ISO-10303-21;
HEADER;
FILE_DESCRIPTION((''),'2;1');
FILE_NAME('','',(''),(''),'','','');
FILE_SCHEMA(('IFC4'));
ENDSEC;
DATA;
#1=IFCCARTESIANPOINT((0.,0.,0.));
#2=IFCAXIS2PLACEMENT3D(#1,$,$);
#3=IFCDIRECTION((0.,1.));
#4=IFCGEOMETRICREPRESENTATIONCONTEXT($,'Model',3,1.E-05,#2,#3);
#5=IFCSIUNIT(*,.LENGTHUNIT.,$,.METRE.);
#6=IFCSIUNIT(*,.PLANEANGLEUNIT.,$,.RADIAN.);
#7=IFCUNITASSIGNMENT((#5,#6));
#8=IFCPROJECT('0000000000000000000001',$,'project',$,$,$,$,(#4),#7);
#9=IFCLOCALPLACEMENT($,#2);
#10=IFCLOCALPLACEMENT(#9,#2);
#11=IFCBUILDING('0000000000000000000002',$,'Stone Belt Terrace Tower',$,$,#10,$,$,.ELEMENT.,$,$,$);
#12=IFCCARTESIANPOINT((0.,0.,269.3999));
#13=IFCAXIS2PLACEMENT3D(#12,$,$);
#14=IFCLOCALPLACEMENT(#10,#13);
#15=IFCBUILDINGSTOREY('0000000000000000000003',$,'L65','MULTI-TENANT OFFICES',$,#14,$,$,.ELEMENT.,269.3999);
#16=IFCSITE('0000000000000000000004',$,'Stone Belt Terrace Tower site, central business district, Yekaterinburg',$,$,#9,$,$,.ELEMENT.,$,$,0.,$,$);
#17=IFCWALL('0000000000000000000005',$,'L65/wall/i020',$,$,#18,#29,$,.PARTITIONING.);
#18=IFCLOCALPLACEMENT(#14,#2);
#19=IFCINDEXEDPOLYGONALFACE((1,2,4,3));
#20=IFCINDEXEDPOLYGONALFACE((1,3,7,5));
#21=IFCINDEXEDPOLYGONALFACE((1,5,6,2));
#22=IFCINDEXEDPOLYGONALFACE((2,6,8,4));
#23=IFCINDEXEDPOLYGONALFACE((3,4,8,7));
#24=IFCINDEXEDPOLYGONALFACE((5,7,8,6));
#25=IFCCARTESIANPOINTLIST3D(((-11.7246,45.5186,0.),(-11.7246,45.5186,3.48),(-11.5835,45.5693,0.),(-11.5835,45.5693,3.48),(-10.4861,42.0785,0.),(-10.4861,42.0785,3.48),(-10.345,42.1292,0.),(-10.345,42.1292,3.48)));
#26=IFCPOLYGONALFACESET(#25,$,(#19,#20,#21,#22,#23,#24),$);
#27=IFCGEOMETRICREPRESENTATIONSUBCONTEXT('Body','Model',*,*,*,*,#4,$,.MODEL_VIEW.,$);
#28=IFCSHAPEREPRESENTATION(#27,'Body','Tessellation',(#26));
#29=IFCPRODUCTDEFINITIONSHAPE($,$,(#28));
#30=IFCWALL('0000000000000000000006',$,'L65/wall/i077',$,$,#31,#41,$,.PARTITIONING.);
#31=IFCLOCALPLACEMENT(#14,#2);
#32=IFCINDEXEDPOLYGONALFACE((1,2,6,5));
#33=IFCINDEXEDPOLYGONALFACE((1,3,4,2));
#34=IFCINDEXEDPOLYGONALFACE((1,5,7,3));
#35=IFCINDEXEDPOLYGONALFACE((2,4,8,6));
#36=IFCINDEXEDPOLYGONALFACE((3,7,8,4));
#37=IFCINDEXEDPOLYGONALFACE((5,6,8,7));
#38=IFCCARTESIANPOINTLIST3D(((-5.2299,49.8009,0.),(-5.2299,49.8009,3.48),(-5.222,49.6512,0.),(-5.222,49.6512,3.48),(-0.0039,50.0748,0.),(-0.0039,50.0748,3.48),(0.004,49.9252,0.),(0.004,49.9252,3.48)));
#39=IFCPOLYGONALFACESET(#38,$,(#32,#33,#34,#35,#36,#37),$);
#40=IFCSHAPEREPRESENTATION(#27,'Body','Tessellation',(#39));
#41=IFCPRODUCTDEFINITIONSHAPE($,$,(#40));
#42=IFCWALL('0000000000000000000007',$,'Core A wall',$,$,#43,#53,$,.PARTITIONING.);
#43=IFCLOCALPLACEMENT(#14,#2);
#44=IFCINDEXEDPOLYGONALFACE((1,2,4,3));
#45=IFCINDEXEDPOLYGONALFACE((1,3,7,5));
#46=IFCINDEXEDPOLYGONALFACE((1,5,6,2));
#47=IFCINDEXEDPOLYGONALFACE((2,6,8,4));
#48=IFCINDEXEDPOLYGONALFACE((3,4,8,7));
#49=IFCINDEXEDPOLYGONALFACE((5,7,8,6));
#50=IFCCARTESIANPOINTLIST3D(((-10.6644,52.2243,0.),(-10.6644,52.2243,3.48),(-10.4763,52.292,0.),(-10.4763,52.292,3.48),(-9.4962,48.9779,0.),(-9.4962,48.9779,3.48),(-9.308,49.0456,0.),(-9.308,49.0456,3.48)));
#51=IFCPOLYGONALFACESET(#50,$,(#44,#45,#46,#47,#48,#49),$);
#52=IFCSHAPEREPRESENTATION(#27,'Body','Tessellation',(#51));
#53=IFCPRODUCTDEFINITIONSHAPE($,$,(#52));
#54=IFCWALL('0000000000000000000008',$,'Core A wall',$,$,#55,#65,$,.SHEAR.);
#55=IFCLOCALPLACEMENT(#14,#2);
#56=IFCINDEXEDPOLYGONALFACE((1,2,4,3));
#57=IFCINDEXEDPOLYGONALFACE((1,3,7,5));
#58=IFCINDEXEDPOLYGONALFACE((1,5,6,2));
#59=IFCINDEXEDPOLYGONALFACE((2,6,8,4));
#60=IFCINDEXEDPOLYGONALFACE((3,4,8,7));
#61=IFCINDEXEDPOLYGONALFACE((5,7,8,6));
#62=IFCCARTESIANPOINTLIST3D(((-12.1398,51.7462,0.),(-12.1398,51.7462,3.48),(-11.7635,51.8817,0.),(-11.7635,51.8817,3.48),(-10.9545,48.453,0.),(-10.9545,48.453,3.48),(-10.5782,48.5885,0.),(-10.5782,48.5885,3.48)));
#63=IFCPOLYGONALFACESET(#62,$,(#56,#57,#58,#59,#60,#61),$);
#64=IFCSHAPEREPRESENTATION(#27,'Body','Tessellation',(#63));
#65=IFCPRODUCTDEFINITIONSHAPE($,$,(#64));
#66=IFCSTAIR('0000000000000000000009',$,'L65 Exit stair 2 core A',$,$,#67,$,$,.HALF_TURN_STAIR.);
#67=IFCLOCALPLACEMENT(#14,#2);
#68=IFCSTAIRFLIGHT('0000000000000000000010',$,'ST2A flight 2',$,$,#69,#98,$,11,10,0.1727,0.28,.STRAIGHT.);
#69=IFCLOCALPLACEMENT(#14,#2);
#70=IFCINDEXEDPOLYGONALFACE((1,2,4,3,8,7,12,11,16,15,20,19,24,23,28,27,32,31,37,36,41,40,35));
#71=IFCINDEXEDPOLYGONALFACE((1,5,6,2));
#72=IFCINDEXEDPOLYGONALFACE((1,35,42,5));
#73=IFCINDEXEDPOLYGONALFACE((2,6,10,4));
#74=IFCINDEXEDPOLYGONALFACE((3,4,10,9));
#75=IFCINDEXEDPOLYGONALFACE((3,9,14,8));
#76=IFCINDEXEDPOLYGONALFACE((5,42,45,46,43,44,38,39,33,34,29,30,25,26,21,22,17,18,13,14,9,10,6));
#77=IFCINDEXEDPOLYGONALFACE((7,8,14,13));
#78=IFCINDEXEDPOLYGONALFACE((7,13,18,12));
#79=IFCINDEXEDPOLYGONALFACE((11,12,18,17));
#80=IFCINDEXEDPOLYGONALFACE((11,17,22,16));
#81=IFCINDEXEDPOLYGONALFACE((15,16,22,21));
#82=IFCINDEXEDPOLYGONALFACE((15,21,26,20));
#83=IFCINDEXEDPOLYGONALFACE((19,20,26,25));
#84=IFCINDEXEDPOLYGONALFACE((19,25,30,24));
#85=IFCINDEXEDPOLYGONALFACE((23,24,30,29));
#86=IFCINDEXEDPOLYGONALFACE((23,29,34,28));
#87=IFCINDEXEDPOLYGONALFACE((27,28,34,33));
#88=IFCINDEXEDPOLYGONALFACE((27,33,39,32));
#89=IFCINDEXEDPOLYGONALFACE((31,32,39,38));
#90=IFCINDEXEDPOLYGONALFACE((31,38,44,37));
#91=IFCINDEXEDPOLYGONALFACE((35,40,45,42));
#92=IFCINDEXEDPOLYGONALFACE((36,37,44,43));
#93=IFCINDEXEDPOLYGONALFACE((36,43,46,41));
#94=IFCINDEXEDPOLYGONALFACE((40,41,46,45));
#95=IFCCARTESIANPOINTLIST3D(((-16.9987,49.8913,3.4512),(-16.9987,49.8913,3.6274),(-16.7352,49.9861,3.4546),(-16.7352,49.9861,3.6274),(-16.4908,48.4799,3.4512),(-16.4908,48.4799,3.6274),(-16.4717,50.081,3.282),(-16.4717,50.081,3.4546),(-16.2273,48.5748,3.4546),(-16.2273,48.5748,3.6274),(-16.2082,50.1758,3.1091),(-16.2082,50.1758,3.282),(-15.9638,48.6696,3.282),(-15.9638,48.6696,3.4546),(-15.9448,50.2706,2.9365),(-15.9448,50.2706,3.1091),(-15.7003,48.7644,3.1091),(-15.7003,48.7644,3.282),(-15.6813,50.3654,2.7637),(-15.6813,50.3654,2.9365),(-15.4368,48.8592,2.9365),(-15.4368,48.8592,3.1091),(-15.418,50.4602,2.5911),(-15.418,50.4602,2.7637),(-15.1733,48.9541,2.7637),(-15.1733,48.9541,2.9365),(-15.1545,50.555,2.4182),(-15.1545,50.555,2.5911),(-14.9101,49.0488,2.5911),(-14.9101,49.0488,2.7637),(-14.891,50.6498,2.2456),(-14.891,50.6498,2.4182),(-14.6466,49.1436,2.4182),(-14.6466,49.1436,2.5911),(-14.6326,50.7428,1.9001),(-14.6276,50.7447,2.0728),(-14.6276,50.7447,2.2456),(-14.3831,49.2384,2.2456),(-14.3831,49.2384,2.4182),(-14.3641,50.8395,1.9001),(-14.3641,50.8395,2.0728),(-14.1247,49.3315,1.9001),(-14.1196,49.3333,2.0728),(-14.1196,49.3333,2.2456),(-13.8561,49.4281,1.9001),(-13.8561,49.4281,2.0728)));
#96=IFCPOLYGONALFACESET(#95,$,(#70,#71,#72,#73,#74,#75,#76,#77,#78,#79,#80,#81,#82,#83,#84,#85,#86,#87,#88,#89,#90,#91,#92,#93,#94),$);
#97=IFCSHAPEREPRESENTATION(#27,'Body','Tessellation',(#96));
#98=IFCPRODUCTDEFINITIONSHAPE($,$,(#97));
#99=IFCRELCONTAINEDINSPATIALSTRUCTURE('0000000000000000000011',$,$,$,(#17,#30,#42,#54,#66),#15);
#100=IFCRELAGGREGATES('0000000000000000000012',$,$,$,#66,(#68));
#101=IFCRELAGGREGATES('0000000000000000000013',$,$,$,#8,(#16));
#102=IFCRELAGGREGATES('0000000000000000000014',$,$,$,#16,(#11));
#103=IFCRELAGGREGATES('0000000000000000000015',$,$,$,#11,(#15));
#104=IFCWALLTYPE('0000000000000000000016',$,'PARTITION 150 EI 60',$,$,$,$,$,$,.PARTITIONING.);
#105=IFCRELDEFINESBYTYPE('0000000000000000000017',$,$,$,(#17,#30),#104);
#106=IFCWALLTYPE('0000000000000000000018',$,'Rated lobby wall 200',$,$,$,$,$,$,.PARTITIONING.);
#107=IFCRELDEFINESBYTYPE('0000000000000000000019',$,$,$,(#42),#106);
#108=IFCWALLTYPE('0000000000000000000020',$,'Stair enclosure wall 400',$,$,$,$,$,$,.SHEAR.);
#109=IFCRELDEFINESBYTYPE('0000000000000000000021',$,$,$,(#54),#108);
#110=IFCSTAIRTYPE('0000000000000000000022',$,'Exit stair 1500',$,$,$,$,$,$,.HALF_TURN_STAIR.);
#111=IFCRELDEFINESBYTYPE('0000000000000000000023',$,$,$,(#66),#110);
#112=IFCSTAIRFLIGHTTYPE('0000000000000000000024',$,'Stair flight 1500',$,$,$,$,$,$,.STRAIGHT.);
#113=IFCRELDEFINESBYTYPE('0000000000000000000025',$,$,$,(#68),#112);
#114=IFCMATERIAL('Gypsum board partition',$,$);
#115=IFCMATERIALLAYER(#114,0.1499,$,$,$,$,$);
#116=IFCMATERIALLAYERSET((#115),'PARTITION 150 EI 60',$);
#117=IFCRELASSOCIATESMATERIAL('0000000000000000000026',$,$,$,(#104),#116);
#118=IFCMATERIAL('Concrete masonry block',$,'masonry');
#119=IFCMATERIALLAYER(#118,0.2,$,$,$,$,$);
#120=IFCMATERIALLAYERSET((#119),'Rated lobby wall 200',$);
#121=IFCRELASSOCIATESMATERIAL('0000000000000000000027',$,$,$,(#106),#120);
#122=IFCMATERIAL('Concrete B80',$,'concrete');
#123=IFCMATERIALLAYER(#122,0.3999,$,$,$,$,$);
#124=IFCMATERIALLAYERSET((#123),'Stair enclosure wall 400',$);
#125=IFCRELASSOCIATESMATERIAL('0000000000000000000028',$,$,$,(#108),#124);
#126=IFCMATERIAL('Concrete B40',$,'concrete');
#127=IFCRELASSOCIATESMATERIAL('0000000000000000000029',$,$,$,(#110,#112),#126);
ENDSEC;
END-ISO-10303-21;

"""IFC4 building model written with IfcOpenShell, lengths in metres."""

from ifc_helpers import new_model, si_unit, direction, frame, frame_2d, origin, place, context, subcontext, project, spatial, polyline, rectangle, outline, extrude, material, layer, layer_set, type_object, element, aggregate, save


model = new_model("IFC4")

# Units and contexts
model_context = context("Model", 3, precision=1e-05, world=origin(), true_north=direction((0.0, 1.0)))
body_context = subcontext(model_context, "Body", "Model", "MODEL_VIEW")
ifc_project = project(units=[si_unit("LENGTHUNIT", "METRE"), si_unit("PLANEANGLEUNIT", "RADIAN")], contexts=[model_context])

# Site, building, storey
site_placement = place(None, origin())
site = spatial("IfcSite", under=ifc_project, at=site_placement, Name="Stone Belt Terrace Tower site, central business district, Yekaterinburg", CompositionType="ELEMENT", RefElevation=0.0)
building_placement = place(site_placement, origin())
building = spatial("IfcBuilding", under=site, at=building_placement, Name="Stone Belt Terrace Tower", CompositionType="ELEMENT")
storey_placement = place(building_placement, frame((0.0, 0.0, 269.3999)))
storey = spatial("IfcBuildingStorey", under=building, at=storey_placement, Name="L65", Description="MULTI-TENANT OFFICES", CompositionType="ELEMENT", Elevation=269.3999)

# Shared definitions
ifc_material_1 = material(Name="Gypsum board partition")
ifc_layer_1 = layer(ifc_material_1, 0.1499)
ifc_layer_set_1 = layer_set([ifc_layer_1], Name="PARTITION 150 EI 60")
wall_type_1 = type_object("IfcWallType", Name="PARTITION 150 EI 60", PredefinedType="PARTITIONING", material=ifc_layer_set_1)

# Walls
wall_1_placement = place(storey_placement, frame((-11.6541, 45.5439, 0.0), z_axis=(0.0, 0.0, 1.0), x_axis=(0.338734, -0.940882, 0.0)))
element("IfcWall", 1, at=wall_1_placement, inside=storey, type_object=wall_type_1, Name="L65/wall/i020", PredefinedType="PARTITIONING", context=body_context, shape_type="SweptSolid", body=[
    extrude(rectangle(XDim=3.6562, YDim=0.1499, at=frame_2d((1.8281, 0.0))), origin(), (0.0, 0.0, 1.0), 3.48),
])
wall_2_placement = place(storey_placement, frame((-5.2261, 49.7261, 0.0), z_axis=(0.0, 0.0, 1.0), x_axis=(0.998629, 0.052343, 0.0)))
element("IfcWall", 2, at=wall_2_placement, inside=storey, type_object=wall_type_1, Name="L65/wall/i077", PredefinedType="PARTITIONING", context=body_context, shape_type="SweptSolid", body=[
    extrude(rectangle(XDim=5.2332, YDim=0.1499, at=frame_2d((2.6167, 0.0))), origin(), (0.0, 0.0, 1.0), 3.48),
])
ifc_material_2 = material(Name="Concrete masonry block", Category="masonry")
ifc_layer_2 = layer(ifc_material_2, 0.2)
ifc_layer_set_2 = layer_set([ifc_layer_2], Name="Rated lobby wall 200")
wall_type_2 = type_object("IfcWallType", Name="Rated lobby wall 200", PredefinedType="PARTITIONING", material=ifc_layer_set_2)
wall_3_placement = place(storey_placement, frame((-9.4021, 49.0117, 0.0), z_axis=(0.0, 0.0, 1.0), x_axis=(-0.338599, 0.940931, 0.0)))
element("IfcWall", 3, at=wall_3_placement, inside=storey, type_object=wall_type_2, Name="Core A wall", PredefinedType="PARTITIONING", context=body_context, shape_type="SweptSolid", body=[
    extrude(rectangle(XDim=3.4502, YDim=0.2, at=frame_2d((1.7251, 0.0))), origin(), (0.0, 0.0, 1.0), 3.48),
])
ifc_material_3 = material(Name="Concrete B80", Category="concrete")
ifc_layer_3 = layer(ifc_material_3, 0.3999)
ifc_layer_set_3 = layer_set([ifc_layer_3], Name="Stair enclosure wall 400")
wall_type_3 = type_object("IfcWallType", Name="Stair enclosure wall 400", PredefinedType="SHEAR", material=ifc_layer_set_3)
wall_4_placement = place(storey_placement, frame((-10.7664, 48.5208, 0.0), z_axis=(0.0, 0.0, 1.0), x_axis=(-0.338655, 0.940911, 0.0)))
element("IfcWall", 4, at=wall_4_placement, inside=storey, type_object=wall_type_3, Name="Core A wall", PredefinedType="SHEAR", context=body_context, shape_type="SweptSolid", body=[
    extrude(rectangle(XDim=3.5, YDim=0.3999, at=frame_2d((1.75, 0.0))), origin(), (0.0, 0.0, 1.0), 3.48),
])

# Stair, stair flight
ifc_material_4 = material(Name="Concrete B40", Category="concrete")
stair_type = type_object("IfcStairType", Name="Exit stair 1500", PredefinedType="HALF_TURN_STAIR", material=ifc_material_4)
stair_placement = place(storey_placement, origin())
stair = element("IfcStair", 5, at=stair_placement, inside=storey, type_object=stair_type, Name="L65 Exit stair 2 core A", PredefinedType="HALF_TURN_STAIR")
stair_flight_type = type_object("IfcStairFlightType", Name="Stair flight 1500", PredefinedType="STRAIGHT", material=ifc_material_4)
stair_flight_placement = place(storey_placement, frame((-14.1101, 50.1338, 1.9001), z_axis=(0.0, 0.0, 1.0), x_axis=(-0.940922, -0.338624, 0.0)))
stair_flight = element("IfcStairFlight", 6, at=stair_flight_placement, type_object=stair_flight_type, Name="ST2A flight 2", NumberOfRisers=11, NumberOfTreads=10, PredefinedType="STRAIGHT", RiserHeight=0.1727, TreadLength=0.28, context=body_context, shape_type="SweptSolid", body=[
    extrude(outline(polyline([(0.0, 0.0), (0.0, 0.1726), (0.28, 0.1726), (0.28, 0.3455), (0.5601, 0.3455), (0.5601, 0.5181), (0.8401, 0.5181), (0.8401, 0.6909), (1.1201, 0.6909), (1.1201, 0.8635), (1.3999, 0.8635), (1.3999, 1.0364), (1.6799, 1.0364), (1.6799, 1.209), (1.96, 1.209), (1.96, 1.3818), (2.24, 1.3818), (2.24, 1.5544), (2.52, 1.5544), (2.52, 1.7273), (2.8, 1.7273), (2.8, 1.8999), (2.8, 1.551), (0.2854, 0.0), (0.0, 0.0)])), frame((0.0, 0.75, 0.0), z_axis=(0.0, -1.0, 0.0), x_axis=(1.0, 0.0, 0.0)), (0.0, 0.0, 1.0), 1.5),
])
aggregate(stair, [stair_flight])

save(model, "model.ifc")
